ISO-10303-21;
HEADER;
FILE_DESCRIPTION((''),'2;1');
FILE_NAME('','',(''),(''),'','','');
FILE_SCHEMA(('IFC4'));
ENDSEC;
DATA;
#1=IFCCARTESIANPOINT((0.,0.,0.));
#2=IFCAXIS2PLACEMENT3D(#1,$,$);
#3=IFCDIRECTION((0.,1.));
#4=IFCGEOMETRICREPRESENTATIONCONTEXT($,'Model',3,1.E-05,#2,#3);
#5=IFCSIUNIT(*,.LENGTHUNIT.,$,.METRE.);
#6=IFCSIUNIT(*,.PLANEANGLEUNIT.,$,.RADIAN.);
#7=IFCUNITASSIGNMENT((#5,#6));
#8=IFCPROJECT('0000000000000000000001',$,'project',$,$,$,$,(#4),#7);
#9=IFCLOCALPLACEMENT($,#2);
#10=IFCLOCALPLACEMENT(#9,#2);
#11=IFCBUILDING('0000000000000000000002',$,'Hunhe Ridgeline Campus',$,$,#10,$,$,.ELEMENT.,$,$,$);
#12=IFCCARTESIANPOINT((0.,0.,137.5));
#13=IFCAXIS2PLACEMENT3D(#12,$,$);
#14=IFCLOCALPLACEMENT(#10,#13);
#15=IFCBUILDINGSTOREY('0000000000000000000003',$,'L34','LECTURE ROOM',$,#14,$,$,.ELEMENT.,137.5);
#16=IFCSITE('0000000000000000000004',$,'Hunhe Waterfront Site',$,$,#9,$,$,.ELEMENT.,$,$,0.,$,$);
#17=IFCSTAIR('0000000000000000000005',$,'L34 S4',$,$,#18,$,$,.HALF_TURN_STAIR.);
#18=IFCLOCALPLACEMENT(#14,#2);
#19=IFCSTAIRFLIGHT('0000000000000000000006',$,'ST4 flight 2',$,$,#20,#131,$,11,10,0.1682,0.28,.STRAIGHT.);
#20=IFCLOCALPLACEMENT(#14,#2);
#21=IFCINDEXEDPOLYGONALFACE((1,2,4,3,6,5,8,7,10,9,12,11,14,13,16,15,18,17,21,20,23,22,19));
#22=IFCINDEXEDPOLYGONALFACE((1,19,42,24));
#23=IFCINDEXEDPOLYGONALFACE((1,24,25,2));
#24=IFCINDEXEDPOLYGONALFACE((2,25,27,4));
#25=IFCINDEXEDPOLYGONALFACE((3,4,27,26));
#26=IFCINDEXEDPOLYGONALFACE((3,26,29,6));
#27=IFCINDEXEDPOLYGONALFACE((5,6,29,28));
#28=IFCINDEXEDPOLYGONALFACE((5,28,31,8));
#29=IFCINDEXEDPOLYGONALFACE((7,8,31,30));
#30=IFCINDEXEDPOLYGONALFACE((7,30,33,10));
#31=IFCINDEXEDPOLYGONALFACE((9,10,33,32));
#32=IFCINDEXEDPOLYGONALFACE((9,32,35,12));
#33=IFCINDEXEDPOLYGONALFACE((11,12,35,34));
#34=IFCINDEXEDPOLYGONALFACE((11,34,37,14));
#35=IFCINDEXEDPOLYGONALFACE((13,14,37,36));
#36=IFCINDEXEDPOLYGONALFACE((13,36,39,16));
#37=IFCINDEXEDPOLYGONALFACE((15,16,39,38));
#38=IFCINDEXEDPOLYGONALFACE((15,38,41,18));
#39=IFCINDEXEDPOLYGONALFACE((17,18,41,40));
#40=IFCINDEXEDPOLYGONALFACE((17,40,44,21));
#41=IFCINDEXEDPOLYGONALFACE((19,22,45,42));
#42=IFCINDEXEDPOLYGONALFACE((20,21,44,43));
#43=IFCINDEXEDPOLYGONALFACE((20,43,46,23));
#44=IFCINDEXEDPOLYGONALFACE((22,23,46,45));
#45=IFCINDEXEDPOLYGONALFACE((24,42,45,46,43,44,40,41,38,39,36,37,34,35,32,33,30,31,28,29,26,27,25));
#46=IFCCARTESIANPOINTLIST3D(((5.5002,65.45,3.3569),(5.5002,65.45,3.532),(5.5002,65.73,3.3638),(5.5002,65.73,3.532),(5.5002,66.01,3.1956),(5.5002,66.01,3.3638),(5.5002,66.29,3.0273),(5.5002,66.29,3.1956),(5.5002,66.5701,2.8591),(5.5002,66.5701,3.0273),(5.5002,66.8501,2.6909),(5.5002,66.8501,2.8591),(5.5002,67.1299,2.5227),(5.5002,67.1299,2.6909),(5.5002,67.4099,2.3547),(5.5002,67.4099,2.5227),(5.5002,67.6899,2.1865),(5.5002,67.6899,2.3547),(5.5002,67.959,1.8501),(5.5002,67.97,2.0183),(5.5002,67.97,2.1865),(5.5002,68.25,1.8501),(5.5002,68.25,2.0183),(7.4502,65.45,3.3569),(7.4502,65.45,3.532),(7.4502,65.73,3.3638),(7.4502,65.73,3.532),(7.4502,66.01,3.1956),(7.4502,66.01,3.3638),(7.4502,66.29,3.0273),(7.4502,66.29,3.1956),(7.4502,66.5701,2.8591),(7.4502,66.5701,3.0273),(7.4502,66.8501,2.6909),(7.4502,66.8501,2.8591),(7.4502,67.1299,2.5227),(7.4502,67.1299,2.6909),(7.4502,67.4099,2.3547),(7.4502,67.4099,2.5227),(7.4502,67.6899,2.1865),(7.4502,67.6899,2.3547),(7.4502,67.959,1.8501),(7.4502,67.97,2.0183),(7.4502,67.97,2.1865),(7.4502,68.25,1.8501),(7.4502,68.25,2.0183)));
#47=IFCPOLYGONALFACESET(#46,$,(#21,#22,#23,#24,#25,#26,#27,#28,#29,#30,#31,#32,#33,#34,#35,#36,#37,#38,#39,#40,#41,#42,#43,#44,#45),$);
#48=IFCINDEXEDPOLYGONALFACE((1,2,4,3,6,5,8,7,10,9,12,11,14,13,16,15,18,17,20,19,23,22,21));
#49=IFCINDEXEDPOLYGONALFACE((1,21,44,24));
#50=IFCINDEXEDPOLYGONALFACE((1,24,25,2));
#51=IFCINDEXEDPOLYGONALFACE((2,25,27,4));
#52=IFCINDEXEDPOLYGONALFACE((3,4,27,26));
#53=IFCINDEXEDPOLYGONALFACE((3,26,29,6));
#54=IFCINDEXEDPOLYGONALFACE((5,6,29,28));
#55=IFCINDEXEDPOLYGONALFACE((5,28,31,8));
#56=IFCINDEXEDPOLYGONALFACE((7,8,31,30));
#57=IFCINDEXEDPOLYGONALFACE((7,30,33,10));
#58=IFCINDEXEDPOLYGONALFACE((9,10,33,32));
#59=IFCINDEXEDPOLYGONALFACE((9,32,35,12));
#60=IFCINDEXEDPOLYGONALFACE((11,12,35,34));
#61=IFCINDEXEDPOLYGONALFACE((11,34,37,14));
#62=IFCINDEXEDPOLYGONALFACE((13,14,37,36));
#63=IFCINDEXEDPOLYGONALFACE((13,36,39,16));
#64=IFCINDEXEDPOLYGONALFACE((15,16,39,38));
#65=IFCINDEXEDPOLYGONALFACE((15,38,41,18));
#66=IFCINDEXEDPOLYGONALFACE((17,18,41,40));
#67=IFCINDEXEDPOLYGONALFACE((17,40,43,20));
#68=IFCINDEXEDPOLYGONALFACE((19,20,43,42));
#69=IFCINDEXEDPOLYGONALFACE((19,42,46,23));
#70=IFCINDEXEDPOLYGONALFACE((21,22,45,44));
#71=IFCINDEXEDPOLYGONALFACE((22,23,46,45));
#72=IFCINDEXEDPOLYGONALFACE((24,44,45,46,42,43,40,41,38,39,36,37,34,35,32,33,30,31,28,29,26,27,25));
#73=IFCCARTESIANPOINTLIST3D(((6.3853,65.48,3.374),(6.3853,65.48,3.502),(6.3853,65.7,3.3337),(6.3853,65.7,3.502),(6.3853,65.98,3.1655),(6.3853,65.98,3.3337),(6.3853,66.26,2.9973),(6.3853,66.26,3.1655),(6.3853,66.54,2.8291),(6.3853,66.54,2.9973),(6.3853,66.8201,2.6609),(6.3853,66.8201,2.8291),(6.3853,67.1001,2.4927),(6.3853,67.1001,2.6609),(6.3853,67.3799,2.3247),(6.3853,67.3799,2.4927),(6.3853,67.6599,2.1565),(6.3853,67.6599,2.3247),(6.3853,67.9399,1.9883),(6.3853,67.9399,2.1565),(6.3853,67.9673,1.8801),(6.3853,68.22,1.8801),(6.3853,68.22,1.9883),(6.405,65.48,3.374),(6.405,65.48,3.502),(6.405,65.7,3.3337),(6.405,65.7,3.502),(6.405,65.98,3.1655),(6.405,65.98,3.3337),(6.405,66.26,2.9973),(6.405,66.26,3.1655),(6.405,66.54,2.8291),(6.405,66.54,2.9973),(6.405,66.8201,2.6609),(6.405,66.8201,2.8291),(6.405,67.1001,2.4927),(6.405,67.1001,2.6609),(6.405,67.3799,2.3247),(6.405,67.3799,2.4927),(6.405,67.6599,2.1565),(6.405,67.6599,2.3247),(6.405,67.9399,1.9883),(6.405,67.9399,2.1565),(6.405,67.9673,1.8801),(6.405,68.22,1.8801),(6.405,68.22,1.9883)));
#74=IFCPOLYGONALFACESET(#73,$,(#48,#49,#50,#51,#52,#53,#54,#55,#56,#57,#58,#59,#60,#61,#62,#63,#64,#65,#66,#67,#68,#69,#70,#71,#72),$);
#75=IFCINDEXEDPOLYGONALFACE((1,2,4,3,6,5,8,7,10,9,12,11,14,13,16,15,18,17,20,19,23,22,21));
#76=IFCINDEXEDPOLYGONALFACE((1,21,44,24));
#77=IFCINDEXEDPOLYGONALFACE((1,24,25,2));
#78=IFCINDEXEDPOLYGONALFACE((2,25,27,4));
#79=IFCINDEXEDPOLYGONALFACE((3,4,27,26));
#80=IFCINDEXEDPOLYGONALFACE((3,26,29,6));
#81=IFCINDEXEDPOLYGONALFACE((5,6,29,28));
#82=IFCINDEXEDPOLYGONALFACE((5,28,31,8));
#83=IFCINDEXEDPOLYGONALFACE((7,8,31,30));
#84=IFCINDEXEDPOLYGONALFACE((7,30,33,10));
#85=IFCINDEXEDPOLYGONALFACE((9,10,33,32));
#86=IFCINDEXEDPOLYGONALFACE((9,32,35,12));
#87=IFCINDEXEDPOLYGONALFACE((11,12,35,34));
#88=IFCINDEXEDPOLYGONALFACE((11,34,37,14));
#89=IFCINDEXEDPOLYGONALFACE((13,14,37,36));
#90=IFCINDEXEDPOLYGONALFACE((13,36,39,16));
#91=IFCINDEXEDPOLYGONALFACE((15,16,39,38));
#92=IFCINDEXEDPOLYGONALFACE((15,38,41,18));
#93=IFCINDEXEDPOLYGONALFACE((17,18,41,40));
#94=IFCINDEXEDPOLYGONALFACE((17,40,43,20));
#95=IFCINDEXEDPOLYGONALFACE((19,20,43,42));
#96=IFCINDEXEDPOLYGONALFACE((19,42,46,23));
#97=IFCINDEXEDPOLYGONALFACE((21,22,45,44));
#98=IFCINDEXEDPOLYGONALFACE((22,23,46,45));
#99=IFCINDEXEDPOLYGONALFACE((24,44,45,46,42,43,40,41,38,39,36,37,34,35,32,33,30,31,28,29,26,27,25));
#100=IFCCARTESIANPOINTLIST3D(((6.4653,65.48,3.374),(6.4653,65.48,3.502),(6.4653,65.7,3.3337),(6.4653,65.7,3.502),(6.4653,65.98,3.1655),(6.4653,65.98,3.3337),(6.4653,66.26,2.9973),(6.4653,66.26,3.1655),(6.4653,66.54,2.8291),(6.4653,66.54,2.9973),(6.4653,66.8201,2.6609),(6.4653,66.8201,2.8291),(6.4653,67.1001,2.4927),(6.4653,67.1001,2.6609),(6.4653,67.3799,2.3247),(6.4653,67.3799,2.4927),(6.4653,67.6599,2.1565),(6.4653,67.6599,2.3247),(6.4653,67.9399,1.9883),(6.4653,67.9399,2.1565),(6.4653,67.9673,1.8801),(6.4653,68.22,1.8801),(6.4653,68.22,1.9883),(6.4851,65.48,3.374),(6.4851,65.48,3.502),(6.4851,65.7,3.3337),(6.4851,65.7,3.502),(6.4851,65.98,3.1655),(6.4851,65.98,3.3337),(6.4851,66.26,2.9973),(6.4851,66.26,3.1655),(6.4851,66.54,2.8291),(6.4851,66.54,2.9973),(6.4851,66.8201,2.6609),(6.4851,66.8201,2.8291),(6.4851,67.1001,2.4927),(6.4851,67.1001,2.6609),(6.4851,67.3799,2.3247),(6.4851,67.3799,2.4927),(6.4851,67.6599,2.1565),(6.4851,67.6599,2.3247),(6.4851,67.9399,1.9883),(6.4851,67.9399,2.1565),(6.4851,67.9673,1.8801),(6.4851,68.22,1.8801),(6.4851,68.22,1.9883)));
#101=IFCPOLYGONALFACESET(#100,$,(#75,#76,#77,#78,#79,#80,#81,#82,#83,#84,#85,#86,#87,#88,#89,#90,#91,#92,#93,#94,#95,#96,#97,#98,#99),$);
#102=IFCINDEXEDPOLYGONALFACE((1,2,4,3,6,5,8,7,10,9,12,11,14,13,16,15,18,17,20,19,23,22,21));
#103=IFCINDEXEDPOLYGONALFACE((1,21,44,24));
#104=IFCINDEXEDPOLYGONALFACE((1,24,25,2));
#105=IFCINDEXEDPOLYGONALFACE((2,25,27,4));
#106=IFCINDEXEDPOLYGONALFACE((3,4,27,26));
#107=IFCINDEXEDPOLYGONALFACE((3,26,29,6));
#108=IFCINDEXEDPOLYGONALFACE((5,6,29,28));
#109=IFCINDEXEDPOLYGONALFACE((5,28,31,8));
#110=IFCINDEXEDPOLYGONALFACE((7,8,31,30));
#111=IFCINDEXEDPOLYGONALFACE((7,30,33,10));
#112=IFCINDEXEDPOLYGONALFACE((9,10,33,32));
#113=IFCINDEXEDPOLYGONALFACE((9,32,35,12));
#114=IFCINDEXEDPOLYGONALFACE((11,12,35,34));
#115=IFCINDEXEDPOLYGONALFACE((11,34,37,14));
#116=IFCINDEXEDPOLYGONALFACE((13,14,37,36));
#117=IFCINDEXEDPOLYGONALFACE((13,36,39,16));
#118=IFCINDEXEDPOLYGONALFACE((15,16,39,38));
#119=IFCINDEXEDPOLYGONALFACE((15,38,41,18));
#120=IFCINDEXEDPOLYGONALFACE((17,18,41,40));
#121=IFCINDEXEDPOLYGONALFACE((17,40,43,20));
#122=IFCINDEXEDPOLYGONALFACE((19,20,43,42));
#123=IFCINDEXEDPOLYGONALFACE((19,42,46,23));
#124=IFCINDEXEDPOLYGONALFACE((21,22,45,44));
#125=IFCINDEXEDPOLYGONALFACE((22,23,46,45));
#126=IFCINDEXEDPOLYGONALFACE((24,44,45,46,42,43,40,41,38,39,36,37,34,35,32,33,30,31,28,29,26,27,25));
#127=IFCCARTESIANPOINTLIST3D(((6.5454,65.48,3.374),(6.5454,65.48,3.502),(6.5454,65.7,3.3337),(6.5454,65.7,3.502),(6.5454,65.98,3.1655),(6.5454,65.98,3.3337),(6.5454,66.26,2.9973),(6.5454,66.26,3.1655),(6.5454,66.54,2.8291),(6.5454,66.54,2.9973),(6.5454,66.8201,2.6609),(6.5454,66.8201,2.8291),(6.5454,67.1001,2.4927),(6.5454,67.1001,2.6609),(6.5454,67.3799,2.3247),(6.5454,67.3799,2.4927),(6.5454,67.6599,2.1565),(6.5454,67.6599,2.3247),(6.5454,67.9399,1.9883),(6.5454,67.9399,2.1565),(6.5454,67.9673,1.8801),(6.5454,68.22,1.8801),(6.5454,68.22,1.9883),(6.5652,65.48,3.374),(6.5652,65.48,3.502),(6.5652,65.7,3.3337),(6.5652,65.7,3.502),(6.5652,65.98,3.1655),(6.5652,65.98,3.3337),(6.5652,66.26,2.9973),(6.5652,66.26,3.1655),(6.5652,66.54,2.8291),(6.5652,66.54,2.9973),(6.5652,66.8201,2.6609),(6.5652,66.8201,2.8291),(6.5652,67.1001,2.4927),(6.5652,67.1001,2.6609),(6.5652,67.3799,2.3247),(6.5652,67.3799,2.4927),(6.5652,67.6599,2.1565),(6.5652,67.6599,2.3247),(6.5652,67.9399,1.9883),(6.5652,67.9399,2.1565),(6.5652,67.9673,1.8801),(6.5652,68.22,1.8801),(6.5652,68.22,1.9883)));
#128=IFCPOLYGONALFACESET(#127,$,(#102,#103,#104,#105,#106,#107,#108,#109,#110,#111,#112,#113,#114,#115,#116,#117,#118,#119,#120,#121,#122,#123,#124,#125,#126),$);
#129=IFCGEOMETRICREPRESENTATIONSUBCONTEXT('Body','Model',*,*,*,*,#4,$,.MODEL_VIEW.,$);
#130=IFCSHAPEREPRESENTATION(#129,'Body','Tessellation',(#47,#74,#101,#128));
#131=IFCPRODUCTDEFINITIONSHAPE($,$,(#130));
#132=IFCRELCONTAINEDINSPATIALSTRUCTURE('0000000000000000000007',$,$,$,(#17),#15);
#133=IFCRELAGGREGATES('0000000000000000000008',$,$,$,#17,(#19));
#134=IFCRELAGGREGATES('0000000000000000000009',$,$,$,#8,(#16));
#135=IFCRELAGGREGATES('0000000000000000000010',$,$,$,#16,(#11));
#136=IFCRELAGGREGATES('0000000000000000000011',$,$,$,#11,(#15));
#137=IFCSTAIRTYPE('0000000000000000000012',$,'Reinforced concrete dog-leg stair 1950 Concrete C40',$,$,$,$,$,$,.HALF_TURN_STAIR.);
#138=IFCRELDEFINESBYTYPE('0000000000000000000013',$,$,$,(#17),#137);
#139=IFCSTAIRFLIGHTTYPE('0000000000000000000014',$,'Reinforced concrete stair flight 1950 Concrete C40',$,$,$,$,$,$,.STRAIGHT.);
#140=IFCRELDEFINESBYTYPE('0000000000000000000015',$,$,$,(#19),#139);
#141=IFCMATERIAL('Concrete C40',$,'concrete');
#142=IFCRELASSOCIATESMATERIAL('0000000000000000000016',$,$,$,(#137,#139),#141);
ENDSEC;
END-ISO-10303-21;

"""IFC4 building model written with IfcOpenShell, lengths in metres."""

from ifc_helpers import new_model, si_unit, direction, frame, origin, place, context, subcontext, project, spatial, polyline, outline, extrude, material, type_object, element, aggregate, save


model = new_model("IFC4")

# Units and contexts
model_context = context("Model", 3, precision=1e-05, world=origin(), true_north=direction((0.0, 1.0)))
body_context = subcontext(model_context, "Body", "Model", "MODEL_VIEW")
ifc_project = project(units=[si_unit("LENGTHUNIT", "METRE"), si_unit("PLANEANGLEUNIT", "RADIAN")], contexts=[model_context])

# Site, building, storey
site_placement = place(None, origin())
site = spatial("IfcSite", under=ifc_project, at=site_placement, Name="Hunhe Waterfront Site", CompositionType="ELEMENT", RefElevation=0.0)
building_placement = place(site_placement, origin())
building = spatial("IfcBuilding", under=site, at=building_placement, Name="Hunhe Ridgeline Campus", CompositionType="ELEMENT")
storey_placement = place(building_placement, frame((0.0, 0.0, 137.5)))
storey = spatial("IfcBuildingStorey", under=building, at=storey_placement, Name="L34", Description="LECTURE ROOM", CompositionType="ELEMENT", Elevation=137.5)

# Stair, stair flight
ifc_material_1 = material(Name="Concrete C40", Category="concrete")
stair_type = type_object("IfcStairType", Name="Reinforced concrete dog-leg stair 1950 Concrete C40", PredefinedType="HALF_TURN_STAIR", material=ifc_material_1)
stair_flight_type = type_object("IfcStairFlightType", Name="Reinforced concrete stair flight 1950 Concrete C40", PredefinedType="STRAIGHT", material=ifc_material_1)
stair_1_placement = place(storey_placement, origin())
stair_1 = element("IfcStair", 1, at=stair_1_placement, inside=storey, type_object=stair_type, Name="L34 S4", PredefinedType="HALF_TURN_STAIR")
stair_flight_1_placement = place(storey_placement, frame((6.4751, 68.25, 1.8501), z_axis=(0.0, 0.0, 1.0), x_axis=(0.0, -1.0, 0.0)))
stair_flight_1 = element("IfcStairFlight", 2, at=stair_flight_1_placement, type_object=stair_flight_type, Name="ST4 flight 2", NumberOfRisers=11, NumberOfTreads=10, PredefinedType="STRAIGHT", RiserHeight=0.1682, TreadLength=0.28, context=body_context, shape_type="SweptSolid", body=[
    extrude(outline(polyline([(0.0, 0.0), (0.0, 0.1682), (0.28, 0.1682), (0.28, 0.3364), (0.5601, 0.3364), (0.5601, 0.5046), (0.8401, 0.5046), (0.8401, 0.6726), (1.1201, 0.6726), (1.1201, 0.8408), (1.3999, 0.8408), (1.3999, 1.009), (1.6799, 1.009), (1.6799, 1.1772), (1.96, 1.1772), (1.96, 1.3455), (2.24, 1.3455), (2.24, 1.5137), (2.52, 1.5137), (2.52, 1.6819), (2.8, 1.6819), (2.8, 1.8501), (2.8, 1.5068), (0.291, 0.0), (0.0, 0.0)])), frame((0.0, 0.9751, 0.0), z_axis=(0.0, -1.0, 0.0), x_axis=(1.0, 0.0, 0.0)), (0.0, 0.0, 1.0), 1.95),
    extrude(outline(polyline([(0.03, 0.03), (0.03, 0.1382), (0.3101, 0.1382), (0.3101, 0.3064), (0.5901, 0.3064), (0.5901, 0.4746), (0.8701, 0.4746), (0.8701, 0.6426), (1.1499, 0.6426), (1.1499, 0.8108), (1.4299, 0.8108), (1.4299, 0.979), (1.71, 0.979), (1.71, 1.1472), (1.99, 1.1472), (1.99, 1.3154), (2.27, 1.3154), (2.27, 1.4836), (2.55, 1.4836), (2.55, 1.6519), (2.77, 1.6519), (2.77, 1.5239), (0.2827, 0.03), (0.03, 0.03)])), frame((0.0, -0.0701, 0.0), z_axis=(0.0, -1.0, 0.0), x_axis=(1.0, 0.0, 0.0)), (0.0, 0.0, 1.0), 0.0198),
    extrude(outline(polyline([(0.03, 0.03), (0.03, 0.1382), (0.3101, 0.1382), (0.3101, 0.3064), (0.5901, 0.3064), (0.5901, 0.4746), (0.8701, 0.4746), (0.8701, 0.6426), (1.1499, 0.6426), (1.1499, 0.8108), (1.4299, 0.8108), (1.4299, 0.979), (1.71, 0.979), (1.71, 1.1472), (1.99, 1.1472), (1.99, 1.3154), (2.27, 1.3154), (2.27, 1.4836), (2.55, 1.4836), (2.55, 1.6519), (2.77, 1.6519), (2.77, 1.5239), (0.2827, 0.03), (0.03, 0.03)])), frame((0.0, 0.01, 0.0), z_axis=(0.0, -1.0, 0.0), x_axis=(1.0, 0.0, 0.0)), (0.0, 0.0, 1.0), 0.0198),
    extrude(outline(polyline([(0.03, 0.03), (0.03, 0.1382), (0.3101, 0.1382), (0.3101, 0.3064), (0.5901, 0.3064), (0.5901, 0.4746), (0.8701, 0.4746), (0.8701, 0.6426), (1.1499, 0.6426), (1.1499, 0.8108), (1.4299, 0.8108), (1.4299, 0.979), (1.71, 0.979), (1.71, 1.1472), (1.99, 1.1472), (1.99, 1.3154), (2.27, 1.3154), (2.27, 1.4836), (2.55, 1.4836), (2.55, 1.6519), (2.77, 1.6519), (2.77, 1.5239), (0.2827, 0.03), (0.03, 0.03)])), frame((0.0, 0.0901, 0.0), z_axis=(0.0, -1.0, 0.0), x_axis=(1.0, 0.0, 0.0)), (0.0, 0.0, 1.0), 0.0198),
])
aggregate(stair_1, [stair_flight_1])

save(model, "model.ifc")
